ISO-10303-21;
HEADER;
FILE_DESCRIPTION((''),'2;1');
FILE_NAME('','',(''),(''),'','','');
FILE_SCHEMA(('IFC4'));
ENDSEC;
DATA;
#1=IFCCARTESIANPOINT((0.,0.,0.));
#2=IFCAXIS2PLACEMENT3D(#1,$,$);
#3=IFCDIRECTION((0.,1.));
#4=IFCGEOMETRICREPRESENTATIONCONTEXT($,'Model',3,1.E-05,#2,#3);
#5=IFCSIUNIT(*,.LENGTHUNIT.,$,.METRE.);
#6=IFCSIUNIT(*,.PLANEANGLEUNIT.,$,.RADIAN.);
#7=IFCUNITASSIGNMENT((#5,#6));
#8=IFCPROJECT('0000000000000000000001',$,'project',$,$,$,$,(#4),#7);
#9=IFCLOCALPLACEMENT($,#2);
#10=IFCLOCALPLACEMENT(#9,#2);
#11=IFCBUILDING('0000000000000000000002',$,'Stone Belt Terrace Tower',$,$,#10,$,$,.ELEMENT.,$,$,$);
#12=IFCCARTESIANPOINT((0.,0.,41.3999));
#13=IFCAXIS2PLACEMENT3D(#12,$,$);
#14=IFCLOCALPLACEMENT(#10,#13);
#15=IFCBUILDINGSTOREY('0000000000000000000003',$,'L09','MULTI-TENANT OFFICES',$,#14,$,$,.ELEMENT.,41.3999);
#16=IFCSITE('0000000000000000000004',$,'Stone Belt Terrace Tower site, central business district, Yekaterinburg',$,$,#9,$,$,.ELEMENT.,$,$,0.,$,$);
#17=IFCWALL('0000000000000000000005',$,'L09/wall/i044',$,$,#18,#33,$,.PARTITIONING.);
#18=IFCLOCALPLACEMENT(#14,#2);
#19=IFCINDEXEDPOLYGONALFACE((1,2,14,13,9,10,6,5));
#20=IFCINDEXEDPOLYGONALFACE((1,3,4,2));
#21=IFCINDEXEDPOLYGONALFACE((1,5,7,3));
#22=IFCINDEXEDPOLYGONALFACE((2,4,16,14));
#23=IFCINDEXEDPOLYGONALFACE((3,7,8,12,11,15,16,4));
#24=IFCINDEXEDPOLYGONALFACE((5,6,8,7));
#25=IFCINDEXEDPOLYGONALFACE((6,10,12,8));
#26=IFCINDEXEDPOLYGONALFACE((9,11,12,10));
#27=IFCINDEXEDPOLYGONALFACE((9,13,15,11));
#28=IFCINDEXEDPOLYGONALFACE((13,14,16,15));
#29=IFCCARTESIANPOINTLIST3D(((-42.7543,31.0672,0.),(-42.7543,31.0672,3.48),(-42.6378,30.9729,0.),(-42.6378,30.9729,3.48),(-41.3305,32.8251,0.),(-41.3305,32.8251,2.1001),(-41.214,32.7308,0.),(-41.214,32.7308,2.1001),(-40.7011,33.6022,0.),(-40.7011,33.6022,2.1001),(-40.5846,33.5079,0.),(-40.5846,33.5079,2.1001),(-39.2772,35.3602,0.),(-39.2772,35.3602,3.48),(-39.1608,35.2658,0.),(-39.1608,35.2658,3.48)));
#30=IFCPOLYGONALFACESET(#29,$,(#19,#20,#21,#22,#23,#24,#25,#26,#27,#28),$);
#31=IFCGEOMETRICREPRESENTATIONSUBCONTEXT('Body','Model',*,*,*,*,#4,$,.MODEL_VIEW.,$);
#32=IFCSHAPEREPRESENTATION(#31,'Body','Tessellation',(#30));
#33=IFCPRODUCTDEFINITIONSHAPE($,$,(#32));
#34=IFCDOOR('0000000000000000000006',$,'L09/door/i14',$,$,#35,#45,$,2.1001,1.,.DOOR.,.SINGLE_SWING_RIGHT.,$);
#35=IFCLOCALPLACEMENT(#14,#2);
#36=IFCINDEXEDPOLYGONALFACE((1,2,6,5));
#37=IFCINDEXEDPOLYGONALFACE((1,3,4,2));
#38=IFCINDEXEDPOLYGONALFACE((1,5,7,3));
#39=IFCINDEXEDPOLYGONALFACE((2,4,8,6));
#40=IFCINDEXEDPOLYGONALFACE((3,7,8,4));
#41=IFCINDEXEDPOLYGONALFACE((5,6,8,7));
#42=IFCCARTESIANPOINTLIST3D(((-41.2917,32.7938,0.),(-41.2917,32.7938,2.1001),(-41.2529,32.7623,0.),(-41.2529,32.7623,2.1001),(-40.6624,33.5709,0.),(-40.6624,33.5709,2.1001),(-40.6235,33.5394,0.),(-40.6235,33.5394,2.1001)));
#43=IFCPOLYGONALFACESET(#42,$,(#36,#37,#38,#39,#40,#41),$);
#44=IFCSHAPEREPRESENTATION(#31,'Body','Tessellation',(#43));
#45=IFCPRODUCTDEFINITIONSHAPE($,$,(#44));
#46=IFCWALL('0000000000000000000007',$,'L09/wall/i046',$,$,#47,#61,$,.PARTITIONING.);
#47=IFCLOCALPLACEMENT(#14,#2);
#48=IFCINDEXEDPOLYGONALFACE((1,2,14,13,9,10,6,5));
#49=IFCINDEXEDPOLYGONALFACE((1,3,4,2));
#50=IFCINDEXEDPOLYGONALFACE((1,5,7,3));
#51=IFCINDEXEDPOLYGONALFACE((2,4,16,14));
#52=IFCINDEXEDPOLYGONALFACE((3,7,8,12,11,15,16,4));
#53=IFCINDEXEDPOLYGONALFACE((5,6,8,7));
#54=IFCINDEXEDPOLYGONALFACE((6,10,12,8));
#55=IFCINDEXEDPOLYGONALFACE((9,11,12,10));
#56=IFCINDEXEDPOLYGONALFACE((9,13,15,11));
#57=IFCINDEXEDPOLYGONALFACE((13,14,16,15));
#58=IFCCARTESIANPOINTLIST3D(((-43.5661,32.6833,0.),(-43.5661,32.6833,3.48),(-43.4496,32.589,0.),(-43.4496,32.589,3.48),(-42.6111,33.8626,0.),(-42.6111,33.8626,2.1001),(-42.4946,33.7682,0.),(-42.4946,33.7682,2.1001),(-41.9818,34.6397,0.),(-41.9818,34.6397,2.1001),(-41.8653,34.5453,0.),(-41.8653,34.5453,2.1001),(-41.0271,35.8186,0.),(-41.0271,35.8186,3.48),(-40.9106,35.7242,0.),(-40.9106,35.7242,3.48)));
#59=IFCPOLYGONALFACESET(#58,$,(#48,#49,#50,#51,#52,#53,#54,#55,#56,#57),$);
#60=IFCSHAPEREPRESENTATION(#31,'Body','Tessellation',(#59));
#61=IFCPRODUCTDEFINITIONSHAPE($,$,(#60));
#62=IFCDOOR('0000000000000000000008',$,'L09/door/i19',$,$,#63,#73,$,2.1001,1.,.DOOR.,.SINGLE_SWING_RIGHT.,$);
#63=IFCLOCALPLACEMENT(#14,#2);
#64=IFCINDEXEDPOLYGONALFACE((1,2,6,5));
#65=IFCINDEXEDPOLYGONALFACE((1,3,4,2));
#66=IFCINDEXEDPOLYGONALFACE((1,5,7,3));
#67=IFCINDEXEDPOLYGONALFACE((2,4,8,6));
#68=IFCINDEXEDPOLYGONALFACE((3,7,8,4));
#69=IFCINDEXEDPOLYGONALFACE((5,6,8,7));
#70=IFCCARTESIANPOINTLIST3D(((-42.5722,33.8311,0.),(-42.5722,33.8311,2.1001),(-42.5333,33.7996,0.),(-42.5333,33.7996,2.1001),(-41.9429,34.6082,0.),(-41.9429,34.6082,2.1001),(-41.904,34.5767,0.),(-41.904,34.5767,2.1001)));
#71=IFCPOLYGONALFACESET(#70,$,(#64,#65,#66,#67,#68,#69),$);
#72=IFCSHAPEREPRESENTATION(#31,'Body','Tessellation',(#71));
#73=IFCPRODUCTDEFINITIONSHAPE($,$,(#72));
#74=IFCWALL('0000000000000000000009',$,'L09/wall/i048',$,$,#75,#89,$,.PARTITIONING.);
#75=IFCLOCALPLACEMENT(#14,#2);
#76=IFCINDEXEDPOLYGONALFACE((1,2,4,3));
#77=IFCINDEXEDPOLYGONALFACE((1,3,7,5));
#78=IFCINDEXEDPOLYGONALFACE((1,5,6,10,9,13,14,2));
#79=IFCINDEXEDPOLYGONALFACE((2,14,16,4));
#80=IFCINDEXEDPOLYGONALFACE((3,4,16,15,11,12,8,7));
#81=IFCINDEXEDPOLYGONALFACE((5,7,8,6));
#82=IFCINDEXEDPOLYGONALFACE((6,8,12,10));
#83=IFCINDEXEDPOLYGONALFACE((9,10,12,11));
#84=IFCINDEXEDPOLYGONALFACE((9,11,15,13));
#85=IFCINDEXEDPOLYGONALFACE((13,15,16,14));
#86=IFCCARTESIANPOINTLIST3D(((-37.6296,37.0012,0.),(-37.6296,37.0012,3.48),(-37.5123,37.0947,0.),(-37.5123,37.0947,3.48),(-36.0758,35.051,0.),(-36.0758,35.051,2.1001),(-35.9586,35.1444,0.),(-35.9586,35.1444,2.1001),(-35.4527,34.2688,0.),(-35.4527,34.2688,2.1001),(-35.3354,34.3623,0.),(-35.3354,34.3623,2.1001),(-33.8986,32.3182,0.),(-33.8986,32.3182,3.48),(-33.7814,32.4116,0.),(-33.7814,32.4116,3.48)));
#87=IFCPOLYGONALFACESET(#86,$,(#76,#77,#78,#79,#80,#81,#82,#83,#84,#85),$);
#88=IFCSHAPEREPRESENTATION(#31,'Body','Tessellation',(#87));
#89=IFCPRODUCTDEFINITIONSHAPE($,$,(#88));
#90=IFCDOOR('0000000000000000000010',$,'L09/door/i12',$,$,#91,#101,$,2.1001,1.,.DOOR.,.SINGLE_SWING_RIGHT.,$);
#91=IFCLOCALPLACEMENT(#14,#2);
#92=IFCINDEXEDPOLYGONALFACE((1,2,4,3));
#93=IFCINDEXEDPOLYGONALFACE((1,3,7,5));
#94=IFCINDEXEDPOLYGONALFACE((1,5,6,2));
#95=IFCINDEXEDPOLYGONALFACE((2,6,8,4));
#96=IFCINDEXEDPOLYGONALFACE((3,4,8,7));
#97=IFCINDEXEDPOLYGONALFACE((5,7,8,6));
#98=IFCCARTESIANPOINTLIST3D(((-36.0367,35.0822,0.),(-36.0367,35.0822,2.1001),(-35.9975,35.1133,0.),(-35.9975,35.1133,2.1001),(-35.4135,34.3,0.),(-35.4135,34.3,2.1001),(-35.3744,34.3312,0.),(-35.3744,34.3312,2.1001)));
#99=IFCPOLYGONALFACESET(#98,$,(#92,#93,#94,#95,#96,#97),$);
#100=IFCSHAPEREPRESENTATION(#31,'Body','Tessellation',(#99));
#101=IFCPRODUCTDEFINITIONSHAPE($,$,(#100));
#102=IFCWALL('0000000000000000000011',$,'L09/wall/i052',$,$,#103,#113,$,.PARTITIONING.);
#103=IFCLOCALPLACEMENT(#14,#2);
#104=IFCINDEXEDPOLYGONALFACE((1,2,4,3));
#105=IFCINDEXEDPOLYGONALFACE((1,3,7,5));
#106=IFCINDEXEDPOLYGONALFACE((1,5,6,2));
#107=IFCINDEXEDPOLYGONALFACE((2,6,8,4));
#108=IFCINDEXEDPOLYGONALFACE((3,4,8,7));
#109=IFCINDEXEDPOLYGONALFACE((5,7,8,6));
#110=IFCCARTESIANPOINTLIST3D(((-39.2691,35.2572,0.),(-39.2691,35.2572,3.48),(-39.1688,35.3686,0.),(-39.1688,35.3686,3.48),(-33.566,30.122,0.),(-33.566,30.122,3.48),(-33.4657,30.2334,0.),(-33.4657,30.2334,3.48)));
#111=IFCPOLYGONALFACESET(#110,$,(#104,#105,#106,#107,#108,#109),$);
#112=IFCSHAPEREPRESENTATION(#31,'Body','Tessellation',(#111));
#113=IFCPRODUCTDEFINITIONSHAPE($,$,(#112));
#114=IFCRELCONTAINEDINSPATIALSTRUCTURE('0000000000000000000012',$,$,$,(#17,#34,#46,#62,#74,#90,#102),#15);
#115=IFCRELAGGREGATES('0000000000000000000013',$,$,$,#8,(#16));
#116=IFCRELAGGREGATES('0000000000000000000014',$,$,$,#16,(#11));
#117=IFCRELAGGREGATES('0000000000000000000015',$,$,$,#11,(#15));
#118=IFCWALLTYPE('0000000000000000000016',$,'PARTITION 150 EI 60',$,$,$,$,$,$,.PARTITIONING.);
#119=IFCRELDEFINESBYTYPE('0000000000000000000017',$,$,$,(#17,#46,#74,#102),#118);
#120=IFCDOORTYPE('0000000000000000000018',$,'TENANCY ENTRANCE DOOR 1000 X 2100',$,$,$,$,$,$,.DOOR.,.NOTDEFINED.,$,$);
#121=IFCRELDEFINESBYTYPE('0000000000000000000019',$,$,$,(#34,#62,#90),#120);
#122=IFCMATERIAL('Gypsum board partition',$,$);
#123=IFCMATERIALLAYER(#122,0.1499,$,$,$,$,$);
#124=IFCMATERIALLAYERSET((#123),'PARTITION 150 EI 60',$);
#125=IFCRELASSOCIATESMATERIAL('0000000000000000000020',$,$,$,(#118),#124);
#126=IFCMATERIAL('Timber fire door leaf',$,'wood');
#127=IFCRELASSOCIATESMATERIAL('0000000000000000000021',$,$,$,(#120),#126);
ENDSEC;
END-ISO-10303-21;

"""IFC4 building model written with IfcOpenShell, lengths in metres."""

from ifc_helpers import new_model, si_unit, direction, frame, frame_2d, origin, place, context, subcontext, project, spatial, rectangle, extrude, material, layer, layer_set, type_object, element, fill, save


model = new_model("IFC4")

# Units and contexts
model_context = context("Model", 3, precision=1e-05, world=origin(), true_north=direction((0.0, 1.0)))
body_context = subcontext(model_context, "Body", "Model", "MODEL_VIEW")
ifc_project = project(units=[si_unit("LENGTHUNIT", "METRE"), si_unit("PLANEANGLEUNIT", "RADIAN")], contexts=[model_context])

# Site, building, storey
site_placement = place(None, origin())
site = spatial("IfcSite", under=ifc_project, at=site_placement, Name="Stone Belt Terrace Tower site, central business district, Yekaterinburg", CompositionType="ELEMENT", RefElevation=0.0)
building_placement = place(site_placement, origin())
building = spatial("IfcBuilding", under=site, at=building_placement, Name="Stone Belt Terrace Tower", CompositionType="ELEMENT")
storey_placement = place(building_placement, frame((0.0, 0.0, 41.3999)))
storey = spatial("IfcBuildingStorey", under=building, at=storey_placement, Name="L09", Description="MULTI-TENANT OFFICES", CompositionType="ELEMENT", Elevation=41.3999)

# Shared definitions
ifc_material_1 = material(Name="Gypsum board partition")
ifc_layer_1 = layer(ifc_material_1, 0.1499)
ifc_layer_set_1 = layer_set([ifc_layer_1], Name="PARTITION 150 EI 60")
wall_type = type_object("IfcWallType", Name="PARTITION 150 EI 60", PredefinedType="PARTITIONING", material=ifc_layer_set_1)
ifc_material_2 = material(Name="Timber fire door leaf", Category="wood")

# Walls, openings, doors
wall_1_placement = place(storey_placement, frame((-39.219, 35.313, 0.0), z_axis=(0.0, 0.0, 1.0), x_axis=(-0.629394, -0.777086, 0.0)))
wall_1 = element("IfcWall", 1, at=wall_1_placement, inside=storey, type_object=wall_type, Name="L09/wall/i044", PredefinedType="PARTITIONING", context=body_context, shape_type="SweptSolid", body=[
    extrude(rectangle(XDim=5.5244, YDim=0.1499, at=frame_2d((2.7622, 0.0))), origin(), (0.0, 0.0, 1.0), 3.48),
])
opening_1_placement = place(wall_1_placement, frame((2.2622, 0.0, 0.0)))
opening_1 = element("IfcOpeningElement", 2, at=opening_1_placement, cuts=wall_1, PredefinedType="OPENING", context=body_context, shape_type="SweptSolid", body=[
    extrude(rectangle(XDim=1.0, YDim=2.1001, at=frame_2d((0.5, 1.05))), frame((0.0, 0.085, 0.0), z_axis=(0.0, -1.0, 0.0), x_axis=(1.0, 0.0, 0.0)), (0.0, 0.0, 1.0), 0.1699),
])
door_type_1 = type_object("IfcDoorType", Name="TENANCY ENTRANCE DOOR 1000 X 2100", OperationType="NOTDEFINED", PredefinedType="DOOR", material=ifc_material_2)
door_1_placement = place(opening_1_placement, origin())
door_1 = element("IfcDoor", 3, at=door_1_placement, inside=storey, type_object=door_type_1, Name="L09/door/i14", OperationType="SINGLE_SWING_RIGHT", OverallHeight=2.1001, OverallWidth=1.0, PredefinedType="DOOR", context=body_context, shape_type="SweptSolid", body=[
    extrude(rectangle(XDim=1.0, YDim=2.1001, at=frame_2d((0.5, 1.05))), frame((0.0, 0.0249, 0.0), z_axis=(0.0, -1.0, 0.0), x_axis=(1.0, 0.0, 0.0)), (0.0, 0.0, 1.0), 0.05),
])
fill(opening_1, door_1)
wall_2_placement = place(storey_placement, frame((-43.5078, 32.6362, 0.0), z_axis=(0.0, 0.0, 1.0), x_axis=(0.629348, 0.777124, 0.0)))
wall_2 = element("IfcWall", 4, at=wall_2_placement, inside=storey, type_object=wall_type, Name="L09/wall/i046", PredefinedType="PARTITIONING", context=body_context, shape_type="SweptSolid", body=[
    extrude(rectangle(XDim=4.0344, YDim=0.1499, at=frame_2d((2.0171, 0.0))), origin(), (0.0, 0.0, 1.0), 3.48),
])
opening_2_placement = place(wall_2_placement, frame((1.5173, 0.0, 0.0)))
opening_2 = element("IfcOpeningElement", 5, at=opening_2_placement, cuts=wall_2, PredefinedType="OPENING", context=body_context, shape_type="SweptSolid", body=[
    extrude(rectangle(XDim=1.0, YDim=2.1001, at=frame_2d((0.5, 1.05))), frame((0.0, 0.085, 0.0), z_axis=(0.0, -1.0, 0.0), x_axis=(1.0, 0.0, 0.0)), (0.0, 0.0, 1.0), 0.1699),
])
door_2_placement = place(opening_2_placement, origin())
door_2 = element("IfcDoor", 6, at=door_2_placement, inside=storey, type_object=door_type_1, Name="L09/door/i19", OperationType="SINGLE_SWING_RIGHT", OverallHeight=2.1001, OverallWidth=1.0, PredefinedType="DOOR", context=body_context, shape_type="SweptSolid", body=[
    extrude(rectangle(XDim=1.0, YDim=2.1001, at=frame_2d((0.5, 1.05))), frame((0.0, 0.0249, 0.0), z_axis=(0.0, -1.0, 0.0), x_axis=(1.0, 0.0, 0.0)), (0.0, 0.0, 1.0), 0.05),
])
fill(opening_2, door_2)
wall_3_placement = place(storey_placement, frame((-33.8401, 32.365, 0.0), z_axis=(0.0, 0.0, 1.0), x_axis=(-0.623113, 0.782132, 0.0)))
wall_3 = element("IfcWall", 7, at=wall_3_placement, inside=storey, type_object=wall_type, Name="L09/wall/i048", PredefinedType="PARTITIONING", context=body_context, shape_type="SweptSolid", body=[
    extrude(rectangle(XDim=5.9875, YDim=0.1499, at=frame_2d((2.9937, 0.0))), origin(), (0.0, 0.0, 1.0), 3.48),
])
opening_3_placement = place(wall_3_placement, frame((2.4939, 0.0, 0.0)))
opening_3 = element("IfcOpeningElement", 8, at=opening_3_placement, cuts=wall_3, PredefinedType="OPENING", context=body_context, shape_type="SweptSolid", body=[
    extrude(rectangle(XDim=1.0, YDim=2.1001, at=frame_2d((0.5, 1.05))), frame((0.0, 0.085, 0.0), z_axis=(0.0, -1.0, 0.0), x_axis=(1.0, 0.0, 0.0)), (0.0, 0.0, 1.0), 0.1699),
])
door_3_placement = place(opening_3_placement, origin())
door_3 = element("IfcDoor", 9, at=door_3_placement, inside=storey, type_object=door_type_1, Name="L09/door/i12", OperationType="SINGLE_SWING_RIGHT", OverallHeight=2.1001, OverallWidth=1.0, PredefinedType="DOOR", context=body_context, shape_type="SweptSolid", body=[
    extrude(rectangle(XDim=1.0, YDim=2.1001, at=frame_2d((0.5, 1.05))), frame((0.0, 0.0249, 0.0), z_axis=(0.0, -1.0, 0.0), x_axis=(1.0, 0.0, 0.0)), (0.0, 0.0, 1.0), 0.05),
])
fill(opening_3, door_3)

# Wall
wall_4_placement = place(storey_placement, frame((-33.5159, 30.1777, 0.0), z_axis=(0.0, 0.0, 1.0), x_axis=(-0.743136, 0.66914, 0.0)))
element("IfcWall", 10, at=wall_4_placement, inside=storey, type_object=wall_type, Name="L09/wall/i052", PredefinedType="PARTITIONING", context=body_context, shape_type="SweptSolid", body=[
    extrude(rectangle(XDim=7.6743, YDim=0.1499, at=frame_2d((3.8372, 0.0))), origin(), (0.0, 0.0, 1.0), 3.48),
])

save(model, "model.ifc")
